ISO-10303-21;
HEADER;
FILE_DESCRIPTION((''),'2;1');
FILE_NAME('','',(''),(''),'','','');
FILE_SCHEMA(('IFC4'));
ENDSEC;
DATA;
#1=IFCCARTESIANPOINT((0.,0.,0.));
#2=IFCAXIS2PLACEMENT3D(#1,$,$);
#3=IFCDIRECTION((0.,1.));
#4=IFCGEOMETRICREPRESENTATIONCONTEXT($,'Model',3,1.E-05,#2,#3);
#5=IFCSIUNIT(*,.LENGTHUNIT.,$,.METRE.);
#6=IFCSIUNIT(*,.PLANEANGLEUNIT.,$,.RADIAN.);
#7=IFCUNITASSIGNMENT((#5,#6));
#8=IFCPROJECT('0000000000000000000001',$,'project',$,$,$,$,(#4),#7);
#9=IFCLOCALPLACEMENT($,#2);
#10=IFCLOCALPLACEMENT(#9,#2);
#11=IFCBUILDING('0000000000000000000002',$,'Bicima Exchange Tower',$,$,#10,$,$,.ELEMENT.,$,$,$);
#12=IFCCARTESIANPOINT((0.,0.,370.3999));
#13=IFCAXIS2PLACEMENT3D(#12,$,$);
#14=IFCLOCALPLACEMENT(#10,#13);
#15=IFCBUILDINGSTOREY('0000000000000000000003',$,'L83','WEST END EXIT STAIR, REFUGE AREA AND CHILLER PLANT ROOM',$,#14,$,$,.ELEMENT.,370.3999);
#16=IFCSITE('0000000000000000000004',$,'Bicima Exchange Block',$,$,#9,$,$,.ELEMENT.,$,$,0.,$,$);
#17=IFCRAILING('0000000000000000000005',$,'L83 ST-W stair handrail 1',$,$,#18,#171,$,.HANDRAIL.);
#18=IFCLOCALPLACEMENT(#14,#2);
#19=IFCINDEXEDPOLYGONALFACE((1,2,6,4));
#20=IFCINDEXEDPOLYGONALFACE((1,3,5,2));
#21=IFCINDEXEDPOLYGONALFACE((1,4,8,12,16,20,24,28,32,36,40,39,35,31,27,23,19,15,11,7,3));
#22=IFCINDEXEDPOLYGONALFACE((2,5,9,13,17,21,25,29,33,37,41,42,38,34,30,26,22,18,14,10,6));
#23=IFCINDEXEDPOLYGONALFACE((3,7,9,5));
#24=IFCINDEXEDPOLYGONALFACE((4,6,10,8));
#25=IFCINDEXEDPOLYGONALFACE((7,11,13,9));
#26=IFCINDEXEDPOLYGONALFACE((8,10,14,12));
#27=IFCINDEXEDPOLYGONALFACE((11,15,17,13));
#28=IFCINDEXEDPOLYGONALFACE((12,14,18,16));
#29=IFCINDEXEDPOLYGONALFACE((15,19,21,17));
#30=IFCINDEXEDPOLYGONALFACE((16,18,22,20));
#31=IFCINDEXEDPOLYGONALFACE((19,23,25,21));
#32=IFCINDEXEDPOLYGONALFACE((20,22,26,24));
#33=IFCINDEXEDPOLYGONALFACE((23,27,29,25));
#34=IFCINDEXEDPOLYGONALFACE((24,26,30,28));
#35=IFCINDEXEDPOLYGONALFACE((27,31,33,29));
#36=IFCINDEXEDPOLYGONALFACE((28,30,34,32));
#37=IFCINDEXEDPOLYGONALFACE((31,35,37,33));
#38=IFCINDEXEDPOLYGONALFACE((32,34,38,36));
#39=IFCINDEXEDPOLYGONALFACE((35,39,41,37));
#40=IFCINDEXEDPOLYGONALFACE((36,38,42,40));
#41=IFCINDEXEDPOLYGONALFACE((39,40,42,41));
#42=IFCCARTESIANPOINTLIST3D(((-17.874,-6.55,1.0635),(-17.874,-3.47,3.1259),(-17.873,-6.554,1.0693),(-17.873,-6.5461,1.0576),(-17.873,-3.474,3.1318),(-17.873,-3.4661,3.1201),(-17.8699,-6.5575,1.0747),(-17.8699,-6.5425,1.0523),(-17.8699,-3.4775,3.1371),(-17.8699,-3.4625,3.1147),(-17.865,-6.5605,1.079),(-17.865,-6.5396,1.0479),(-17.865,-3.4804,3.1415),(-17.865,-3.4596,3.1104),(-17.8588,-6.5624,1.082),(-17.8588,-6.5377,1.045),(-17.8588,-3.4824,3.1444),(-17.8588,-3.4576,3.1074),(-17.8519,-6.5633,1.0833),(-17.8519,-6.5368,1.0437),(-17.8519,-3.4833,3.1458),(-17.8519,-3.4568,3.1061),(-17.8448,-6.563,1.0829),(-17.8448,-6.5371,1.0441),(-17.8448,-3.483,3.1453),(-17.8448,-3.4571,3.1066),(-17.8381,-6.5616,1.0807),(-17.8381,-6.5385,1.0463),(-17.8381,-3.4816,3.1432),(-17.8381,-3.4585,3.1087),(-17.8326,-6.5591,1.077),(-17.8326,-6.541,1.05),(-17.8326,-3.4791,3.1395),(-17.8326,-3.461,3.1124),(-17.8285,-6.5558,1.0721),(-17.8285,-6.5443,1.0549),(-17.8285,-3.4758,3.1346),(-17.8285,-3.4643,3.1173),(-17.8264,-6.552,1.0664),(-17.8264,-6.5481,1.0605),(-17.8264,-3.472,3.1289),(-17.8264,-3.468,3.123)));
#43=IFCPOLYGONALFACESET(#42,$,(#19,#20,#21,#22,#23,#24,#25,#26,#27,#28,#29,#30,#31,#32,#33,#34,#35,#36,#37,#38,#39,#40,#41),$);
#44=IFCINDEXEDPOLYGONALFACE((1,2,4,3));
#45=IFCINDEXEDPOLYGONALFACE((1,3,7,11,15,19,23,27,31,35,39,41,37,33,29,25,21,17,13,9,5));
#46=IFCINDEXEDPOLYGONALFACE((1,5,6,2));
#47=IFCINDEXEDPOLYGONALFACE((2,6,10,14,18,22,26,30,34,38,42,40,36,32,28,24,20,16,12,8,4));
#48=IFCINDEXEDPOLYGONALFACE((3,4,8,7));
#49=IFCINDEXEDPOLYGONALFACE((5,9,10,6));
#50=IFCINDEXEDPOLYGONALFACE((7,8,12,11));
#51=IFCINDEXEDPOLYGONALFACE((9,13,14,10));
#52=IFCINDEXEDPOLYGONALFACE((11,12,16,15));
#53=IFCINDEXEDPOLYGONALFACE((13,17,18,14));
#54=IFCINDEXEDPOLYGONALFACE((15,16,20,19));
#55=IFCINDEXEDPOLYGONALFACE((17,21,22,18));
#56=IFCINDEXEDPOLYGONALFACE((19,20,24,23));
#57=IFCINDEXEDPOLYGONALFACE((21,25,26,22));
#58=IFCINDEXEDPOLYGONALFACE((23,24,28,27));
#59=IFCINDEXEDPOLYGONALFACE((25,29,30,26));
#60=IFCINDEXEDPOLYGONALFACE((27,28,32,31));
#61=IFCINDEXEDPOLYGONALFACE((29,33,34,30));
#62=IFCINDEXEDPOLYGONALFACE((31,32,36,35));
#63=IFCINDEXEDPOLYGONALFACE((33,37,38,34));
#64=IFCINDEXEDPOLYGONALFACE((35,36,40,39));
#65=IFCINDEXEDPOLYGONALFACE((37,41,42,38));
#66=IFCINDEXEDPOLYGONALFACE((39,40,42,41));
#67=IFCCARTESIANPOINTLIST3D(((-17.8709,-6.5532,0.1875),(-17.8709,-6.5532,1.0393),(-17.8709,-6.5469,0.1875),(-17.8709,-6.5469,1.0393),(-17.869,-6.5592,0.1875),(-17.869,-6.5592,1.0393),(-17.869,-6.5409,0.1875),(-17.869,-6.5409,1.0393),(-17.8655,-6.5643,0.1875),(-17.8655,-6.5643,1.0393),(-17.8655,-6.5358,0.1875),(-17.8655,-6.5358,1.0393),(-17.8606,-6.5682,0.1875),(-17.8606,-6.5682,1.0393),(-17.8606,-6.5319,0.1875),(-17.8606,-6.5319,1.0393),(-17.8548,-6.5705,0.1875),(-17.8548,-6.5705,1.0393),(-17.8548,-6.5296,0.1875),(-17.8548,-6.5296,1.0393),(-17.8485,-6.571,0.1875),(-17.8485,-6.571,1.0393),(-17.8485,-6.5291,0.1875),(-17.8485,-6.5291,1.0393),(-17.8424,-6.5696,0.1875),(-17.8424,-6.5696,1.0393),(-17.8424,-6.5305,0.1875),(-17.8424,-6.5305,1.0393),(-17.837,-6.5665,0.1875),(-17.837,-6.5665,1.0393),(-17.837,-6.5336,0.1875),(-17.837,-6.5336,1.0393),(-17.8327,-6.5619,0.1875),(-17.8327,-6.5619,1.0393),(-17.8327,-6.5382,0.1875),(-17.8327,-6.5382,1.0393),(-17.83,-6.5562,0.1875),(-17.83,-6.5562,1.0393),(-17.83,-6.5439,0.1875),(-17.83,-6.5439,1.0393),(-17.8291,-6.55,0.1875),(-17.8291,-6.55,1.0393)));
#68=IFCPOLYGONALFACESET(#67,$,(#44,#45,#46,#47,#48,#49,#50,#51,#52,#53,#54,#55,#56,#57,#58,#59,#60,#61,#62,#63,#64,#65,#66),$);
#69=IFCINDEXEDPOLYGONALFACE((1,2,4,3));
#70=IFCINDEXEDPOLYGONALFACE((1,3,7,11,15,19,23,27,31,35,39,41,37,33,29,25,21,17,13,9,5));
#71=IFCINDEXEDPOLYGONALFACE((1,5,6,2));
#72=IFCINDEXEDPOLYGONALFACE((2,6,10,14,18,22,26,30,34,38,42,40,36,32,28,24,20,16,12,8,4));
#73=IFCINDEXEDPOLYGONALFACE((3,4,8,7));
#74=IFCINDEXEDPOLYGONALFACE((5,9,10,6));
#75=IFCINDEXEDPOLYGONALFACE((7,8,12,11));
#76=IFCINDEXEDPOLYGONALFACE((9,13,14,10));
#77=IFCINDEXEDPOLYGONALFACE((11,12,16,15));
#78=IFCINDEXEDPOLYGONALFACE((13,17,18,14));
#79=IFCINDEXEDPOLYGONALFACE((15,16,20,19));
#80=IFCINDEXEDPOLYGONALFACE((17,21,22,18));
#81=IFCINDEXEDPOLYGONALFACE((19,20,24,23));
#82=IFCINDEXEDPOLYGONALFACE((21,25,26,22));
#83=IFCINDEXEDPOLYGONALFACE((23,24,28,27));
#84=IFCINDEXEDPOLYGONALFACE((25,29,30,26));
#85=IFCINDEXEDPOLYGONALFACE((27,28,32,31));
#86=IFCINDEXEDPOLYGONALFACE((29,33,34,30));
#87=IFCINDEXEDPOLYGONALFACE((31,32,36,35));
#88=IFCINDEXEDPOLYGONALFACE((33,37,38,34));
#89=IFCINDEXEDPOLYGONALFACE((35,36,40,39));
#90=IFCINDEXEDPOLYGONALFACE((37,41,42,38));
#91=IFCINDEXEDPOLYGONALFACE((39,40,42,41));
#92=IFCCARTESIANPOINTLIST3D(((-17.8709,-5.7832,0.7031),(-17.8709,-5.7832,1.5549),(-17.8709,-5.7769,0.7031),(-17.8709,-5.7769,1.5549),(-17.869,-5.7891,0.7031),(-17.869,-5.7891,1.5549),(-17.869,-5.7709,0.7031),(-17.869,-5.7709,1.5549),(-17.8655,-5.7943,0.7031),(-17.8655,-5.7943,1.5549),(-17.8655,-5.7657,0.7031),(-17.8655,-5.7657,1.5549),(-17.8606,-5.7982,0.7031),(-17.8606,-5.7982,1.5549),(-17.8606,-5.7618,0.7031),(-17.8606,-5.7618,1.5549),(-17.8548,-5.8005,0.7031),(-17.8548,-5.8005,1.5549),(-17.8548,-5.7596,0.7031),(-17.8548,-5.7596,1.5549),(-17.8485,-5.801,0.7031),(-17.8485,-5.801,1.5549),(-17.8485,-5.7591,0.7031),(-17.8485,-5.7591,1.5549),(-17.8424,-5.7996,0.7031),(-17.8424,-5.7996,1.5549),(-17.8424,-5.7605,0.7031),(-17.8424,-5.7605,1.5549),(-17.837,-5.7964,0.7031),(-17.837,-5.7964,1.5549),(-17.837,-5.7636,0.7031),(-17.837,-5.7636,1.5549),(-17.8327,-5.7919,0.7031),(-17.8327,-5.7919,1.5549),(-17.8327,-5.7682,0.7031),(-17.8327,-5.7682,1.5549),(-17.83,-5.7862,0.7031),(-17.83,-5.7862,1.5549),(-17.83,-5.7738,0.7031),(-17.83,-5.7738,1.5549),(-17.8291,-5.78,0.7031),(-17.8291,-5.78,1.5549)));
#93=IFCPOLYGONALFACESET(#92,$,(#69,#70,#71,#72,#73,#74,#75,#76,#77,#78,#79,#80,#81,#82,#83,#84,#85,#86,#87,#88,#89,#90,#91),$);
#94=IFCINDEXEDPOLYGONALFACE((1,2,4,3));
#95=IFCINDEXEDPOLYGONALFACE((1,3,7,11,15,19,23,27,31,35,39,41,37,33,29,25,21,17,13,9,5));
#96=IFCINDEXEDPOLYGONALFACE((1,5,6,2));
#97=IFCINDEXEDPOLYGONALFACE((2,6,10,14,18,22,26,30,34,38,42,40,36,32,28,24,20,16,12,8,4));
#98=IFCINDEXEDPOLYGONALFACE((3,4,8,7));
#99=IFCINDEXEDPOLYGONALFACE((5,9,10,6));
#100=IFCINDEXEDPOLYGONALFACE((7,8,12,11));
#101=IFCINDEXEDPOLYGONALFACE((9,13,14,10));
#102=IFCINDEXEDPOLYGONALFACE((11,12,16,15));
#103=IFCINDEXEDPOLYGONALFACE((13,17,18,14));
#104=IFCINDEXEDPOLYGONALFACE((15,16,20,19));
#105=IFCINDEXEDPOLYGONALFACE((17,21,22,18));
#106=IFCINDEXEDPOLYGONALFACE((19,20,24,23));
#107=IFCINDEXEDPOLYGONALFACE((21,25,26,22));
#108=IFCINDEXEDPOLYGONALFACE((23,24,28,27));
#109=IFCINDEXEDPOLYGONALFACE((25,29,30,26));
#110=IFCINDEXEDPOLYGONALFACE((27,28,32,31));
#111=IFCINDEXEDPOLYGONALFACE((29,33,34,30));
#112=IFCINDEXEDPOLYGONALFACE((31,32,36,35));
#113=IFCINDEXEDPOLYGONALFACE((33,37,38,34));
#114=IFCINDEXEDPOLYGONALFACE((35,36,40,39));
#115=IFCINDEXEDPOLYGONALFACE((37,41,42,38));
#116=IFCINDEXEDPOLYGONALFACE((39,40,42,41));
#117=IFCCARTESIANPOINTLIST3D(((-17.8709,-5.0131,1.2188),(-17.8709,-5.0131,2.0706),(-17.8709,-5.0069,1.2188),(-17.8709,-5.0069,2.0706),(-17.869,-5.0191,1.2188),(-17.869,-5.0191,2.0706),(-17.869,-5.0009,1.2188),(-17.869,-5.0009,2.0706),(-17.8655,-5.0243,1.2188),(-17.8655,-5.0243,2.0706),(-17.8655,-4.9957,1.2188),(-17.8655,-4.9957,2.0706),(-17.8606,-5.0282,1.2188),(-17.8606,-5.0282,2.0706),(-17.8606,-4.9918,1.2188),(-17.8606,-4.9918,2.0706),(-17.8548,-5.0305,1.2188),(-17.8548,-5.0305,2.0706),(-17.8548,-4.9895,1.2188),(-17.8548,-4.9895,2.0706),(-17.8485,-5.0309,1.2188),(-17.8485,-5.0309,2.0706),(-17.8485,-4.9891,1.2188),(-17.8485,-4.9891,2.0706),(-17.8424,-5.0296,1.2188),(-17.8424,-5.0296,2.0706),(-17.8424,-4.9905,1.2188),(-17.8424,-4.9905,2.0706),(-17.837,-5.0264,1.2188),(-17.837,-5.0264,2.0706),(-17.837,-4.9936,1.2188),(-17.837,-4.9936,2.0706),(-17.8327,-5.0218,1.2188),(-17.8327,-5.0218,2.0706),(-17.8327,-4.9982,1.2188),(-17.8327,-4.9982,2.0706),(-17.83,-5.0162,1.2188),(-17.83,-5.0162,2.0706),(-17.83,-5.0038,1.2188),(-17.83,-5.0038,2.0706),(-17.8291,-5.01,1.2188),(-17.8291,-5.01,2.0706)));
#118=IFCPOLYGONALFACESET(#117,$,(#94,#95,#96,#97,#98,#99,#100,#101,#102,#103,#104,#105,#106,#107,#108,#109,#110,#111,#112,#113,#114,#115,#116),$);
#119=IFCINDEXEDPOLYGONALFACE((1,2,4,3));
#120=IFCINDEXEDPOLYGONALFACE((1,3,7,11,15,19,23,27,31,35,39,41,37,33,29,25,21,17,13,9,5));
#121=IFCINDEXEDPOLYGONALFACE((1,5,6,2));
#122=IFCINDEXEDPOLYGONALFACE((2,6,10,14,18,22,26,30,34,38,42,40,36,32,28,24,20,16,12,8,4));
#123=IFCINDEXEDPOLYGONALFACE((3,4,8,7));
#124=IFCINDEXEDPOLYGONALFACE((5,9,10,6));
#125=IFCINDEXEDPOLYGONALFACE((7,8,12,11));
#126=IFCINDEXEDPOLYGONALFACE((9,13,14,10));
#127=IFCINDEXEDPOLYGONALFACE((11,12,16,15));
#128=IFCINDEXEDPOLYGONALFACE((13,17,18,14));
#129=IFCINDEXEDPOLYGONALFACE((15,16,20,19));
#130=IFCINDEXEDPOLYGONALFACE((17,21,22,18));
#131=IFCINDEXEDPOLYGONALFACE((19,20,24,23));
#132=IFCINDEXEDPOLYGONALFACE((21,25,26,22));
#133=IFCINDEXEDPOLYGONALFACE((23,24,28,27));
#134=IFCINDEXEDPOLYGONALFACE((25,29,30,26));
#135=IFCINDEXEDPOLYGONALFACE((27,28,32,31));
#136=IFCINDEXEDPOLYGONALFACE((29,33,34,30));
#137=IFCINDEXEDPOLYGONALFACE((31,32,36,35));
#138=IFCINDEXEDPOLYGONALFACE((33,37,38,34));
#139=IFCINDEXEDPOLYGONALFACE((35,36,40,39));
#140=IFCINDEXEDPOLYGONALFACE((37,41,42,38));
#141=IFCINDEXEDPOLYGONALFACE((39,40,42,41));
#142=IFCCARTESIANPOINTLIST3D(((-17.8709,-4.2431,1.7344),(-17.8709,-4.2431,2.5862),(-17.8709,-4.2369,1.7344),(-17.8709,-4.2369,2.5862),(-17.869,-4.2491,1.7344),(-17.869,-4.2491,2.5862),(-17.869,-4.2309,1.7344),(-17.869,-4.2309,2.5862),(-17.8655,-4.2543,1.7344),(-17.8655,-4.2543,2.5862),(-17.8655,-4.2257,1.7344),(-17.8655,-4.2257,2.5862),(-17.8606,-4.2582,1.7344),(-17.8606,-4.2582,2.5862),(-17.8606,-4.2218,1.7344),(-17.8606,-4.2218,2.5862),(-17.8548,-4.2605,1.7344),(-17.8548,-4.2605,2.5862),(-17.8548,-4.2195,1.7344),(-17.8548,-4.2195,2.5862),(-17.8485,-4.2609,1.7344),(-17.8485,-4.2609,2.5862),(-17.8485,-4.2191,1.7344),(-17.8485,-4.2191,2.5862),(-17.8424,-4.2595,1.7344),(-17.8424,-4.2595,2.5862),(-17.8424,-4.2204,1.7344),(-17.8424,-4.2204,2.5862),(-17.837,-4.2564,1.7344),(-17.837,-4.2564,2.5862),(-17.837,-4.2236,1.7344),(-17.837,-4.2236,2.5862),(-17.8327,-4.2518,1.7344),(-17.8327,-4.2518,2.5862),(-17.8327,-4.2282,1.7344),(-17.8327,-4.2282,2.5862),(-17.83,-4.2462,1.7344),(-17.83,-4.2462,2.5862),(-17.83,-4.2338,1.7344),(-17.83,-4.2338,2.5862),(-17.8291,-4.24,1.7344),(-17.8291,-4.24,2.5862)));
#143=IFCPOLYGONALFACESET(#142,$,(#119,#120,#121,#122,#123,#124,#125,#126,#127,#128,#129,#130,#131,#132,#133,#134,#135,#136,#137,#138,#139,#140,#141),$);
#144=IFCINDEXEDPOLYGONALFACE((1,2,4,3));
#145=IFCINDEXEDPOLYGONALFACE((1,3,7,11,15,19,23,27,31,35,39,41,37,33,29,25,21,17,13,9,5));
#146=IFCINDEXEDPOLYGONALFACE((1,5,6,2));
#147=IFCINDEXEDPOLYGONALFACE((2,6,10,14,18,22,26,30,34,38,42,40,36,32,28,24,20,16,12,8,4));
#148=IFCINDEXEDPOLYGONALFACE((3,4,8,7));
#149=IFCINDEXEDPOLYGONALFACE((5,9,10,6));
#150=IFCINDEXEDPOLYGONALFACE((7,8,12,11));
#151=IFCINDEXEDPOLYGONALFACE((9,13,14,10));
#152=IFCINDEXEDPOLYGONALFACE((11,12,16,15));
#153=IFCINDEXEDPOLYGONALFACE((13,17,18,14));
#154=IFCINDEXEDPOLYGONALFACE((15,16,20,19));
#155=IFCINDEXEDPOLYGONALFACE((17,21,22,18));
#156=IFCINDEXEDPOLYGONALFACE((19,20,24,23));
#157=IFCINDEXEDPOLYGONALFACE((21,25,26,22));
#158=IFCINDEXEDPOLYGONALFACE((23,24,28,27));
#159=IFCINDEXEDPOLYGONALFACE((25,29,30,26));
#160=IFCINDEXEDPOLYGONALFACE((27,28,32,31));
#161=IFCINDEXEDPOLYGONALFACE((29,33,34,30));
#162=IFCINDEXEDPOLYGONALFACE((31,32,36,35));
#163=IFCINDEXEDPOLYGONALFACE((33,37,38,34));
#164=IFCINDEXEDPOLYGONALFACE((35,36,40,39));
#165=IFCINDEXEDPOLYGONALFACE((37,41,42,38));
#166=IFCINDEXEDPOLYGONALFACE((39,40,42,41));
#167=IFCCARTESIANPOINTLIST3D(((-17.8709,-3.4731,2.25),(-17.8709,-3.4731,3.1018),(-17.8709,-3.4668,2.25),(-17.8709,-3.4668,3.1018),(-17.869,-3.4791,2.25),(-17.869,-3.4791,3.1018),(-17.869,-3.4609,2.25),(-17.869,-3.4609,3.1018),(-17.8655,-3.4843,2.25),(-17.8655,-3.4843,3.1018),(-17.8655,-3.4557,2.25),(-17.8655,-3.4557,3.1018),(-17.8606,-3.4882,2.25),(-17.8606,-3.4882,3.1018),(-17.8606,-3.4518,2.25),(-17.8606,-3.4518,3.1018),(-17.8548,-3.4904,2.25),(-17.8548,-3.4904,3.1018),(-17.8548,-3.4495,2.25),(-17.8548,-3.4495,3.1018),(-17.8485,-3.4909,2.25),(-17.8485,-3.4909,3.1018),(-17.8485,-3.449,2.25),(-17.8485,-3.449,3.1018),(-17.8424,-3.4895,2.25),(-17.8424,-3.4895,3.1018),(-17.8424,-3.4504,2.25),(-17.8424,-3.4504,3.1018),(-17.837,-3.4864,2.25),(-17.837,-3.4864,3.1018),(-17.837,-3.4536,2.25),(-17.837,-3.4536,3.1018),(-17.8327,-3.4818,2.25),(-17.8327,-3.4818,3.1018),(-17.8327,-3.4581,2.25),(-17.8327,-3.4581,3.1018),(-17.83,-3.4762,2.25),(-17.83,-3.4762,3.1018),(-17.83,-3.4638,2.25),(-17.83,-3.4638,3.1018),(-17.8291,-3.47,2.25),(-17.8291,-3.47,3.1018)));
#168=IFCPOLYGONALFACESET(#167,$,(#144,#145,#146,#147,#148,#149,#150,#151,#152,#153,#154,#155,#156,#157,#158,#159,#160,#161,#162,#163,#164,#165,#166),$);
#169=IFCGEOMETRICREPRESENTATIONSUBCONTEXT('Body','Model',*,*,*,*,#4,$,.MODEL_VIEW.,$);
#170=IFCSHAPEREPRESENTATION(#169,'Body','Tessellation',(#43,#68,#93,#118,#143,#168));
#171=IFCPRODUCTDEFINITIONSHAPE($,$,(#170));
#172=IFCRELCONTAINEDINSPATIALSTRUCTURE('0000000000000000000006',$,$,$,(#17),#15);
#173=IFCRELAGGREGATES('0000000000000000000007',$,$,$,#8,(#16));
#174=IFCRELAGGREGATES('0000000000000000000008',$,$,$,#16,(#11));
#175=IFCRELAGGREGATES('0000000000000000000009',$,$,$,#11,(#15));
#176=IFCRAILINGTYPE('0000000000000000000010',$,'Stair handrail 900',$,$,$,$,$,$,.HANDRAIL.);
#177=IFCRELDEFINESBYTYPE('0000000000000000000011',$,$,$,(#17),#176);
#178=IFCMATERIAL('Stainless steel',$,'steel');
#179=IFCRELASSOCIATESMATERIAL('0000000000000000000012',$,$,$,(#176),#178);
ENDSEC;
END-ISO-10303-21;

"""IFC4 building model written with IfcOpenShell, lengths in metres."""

from ifc_helpers import new_model, si_unit, direction, frame, origin, origin_2d, place, context, subcontext, project, spatial, circle, extrude, material, type_object, element, save


model = new_model("IFC4")

# Units and contexts
model_context = context("Model", 3, precision=1e-05, world=origin(), true_north=direction((0.0, 1.0)))
body_context = subcontext(model_context, "Body", "Model", "MODEL_VIEW")
ifc_project = project(units=[si_unit("LENGTHUNIT", "METRE"), si_unit("PLANEANGLEUNIT", "RADIAN")], contexts=[model_context])

# Site, building, storey
site_placement = place(None, origin())
site = spatial("IfcSite", under=ifc_project, at=site_placement, Name="Bicima Exchange Block", CompositionType="ELEMENT", RefElevation=0.0)
building_placement = place(site_placement, origin())
building = spatial("IfcBuilding", under=site, at=building_placement, Name="Bicima Exchange Tower", CompositionType="ELEMENT")
storey_placement = place(building_placement, frame((0.0, 0.0, 370.3999)))
storey = spatial("IfcBuildingStorey", under=building, at=storey_placement, Name="L83", Description="WEST END EXIT STAIR, REFUGE AREA AND CHILLER PLANT ROOM", CompositionType="ELEMENT", Elevation=370.3999)

# Shared definitions
ifc_material_1 = material(Name="Stainless steel", Category="steel")

# Railing
railing_type = type_object("IfcRailingType", Name="Stair handrail 900", PredefinedType="HANDRAIL", material=ifc_material_1)
railing_1_placement = place(storey_placement, frame((-17.8501, -6.55, 0.1875)))
element("IfcRailing", 1, at=railing_1_placement, inside=storey, type_object=railing_type, Name="L83 ST-W stair handrail 1", PredefinedType="HANDRAIL", context=body_context, shape_type="SweptSolid", body=[
    extrude(circle(Radius=0.0239, at=origin_2d()), frame((0.0, 0.0, 0.876), z_axis=(0.0, 0.830914, 0.556401), x_axis=(-1.0, 0.0, 0.0)), (0.0, 0.0, 1.0), 3.7068),
    extrude(circle(Radius=0.021, at=origin_2d()), origin(), (0.0, 0.0, 1.0), 0.8518),
    extrude(circle(Radius=0.021, at=origin_2d()), frame((0.0, 0.77, 0.5156)), (0.0, 0.0, 1.0), 0.8518),
    extrude(circle(Radius=0.021, at=origin_2d()), frame((0.0, 1.54, 1.0312)), (0.0, 0.0, 1.0), 0.8518),
    extrude(circle(Radius=0.021, at=origin_2d()), frame((0.0, 2.3101, 1.5469)), (0.0, 0.0, 1.0), 0.8518),
    extrude(circle(Radius=0.021, at=origin_2d()), frame((0.0, 3.0801, 2.0625)), (0.0, 0.0, 1.0), 0.8518),
])

save(model, "model.ifc")
